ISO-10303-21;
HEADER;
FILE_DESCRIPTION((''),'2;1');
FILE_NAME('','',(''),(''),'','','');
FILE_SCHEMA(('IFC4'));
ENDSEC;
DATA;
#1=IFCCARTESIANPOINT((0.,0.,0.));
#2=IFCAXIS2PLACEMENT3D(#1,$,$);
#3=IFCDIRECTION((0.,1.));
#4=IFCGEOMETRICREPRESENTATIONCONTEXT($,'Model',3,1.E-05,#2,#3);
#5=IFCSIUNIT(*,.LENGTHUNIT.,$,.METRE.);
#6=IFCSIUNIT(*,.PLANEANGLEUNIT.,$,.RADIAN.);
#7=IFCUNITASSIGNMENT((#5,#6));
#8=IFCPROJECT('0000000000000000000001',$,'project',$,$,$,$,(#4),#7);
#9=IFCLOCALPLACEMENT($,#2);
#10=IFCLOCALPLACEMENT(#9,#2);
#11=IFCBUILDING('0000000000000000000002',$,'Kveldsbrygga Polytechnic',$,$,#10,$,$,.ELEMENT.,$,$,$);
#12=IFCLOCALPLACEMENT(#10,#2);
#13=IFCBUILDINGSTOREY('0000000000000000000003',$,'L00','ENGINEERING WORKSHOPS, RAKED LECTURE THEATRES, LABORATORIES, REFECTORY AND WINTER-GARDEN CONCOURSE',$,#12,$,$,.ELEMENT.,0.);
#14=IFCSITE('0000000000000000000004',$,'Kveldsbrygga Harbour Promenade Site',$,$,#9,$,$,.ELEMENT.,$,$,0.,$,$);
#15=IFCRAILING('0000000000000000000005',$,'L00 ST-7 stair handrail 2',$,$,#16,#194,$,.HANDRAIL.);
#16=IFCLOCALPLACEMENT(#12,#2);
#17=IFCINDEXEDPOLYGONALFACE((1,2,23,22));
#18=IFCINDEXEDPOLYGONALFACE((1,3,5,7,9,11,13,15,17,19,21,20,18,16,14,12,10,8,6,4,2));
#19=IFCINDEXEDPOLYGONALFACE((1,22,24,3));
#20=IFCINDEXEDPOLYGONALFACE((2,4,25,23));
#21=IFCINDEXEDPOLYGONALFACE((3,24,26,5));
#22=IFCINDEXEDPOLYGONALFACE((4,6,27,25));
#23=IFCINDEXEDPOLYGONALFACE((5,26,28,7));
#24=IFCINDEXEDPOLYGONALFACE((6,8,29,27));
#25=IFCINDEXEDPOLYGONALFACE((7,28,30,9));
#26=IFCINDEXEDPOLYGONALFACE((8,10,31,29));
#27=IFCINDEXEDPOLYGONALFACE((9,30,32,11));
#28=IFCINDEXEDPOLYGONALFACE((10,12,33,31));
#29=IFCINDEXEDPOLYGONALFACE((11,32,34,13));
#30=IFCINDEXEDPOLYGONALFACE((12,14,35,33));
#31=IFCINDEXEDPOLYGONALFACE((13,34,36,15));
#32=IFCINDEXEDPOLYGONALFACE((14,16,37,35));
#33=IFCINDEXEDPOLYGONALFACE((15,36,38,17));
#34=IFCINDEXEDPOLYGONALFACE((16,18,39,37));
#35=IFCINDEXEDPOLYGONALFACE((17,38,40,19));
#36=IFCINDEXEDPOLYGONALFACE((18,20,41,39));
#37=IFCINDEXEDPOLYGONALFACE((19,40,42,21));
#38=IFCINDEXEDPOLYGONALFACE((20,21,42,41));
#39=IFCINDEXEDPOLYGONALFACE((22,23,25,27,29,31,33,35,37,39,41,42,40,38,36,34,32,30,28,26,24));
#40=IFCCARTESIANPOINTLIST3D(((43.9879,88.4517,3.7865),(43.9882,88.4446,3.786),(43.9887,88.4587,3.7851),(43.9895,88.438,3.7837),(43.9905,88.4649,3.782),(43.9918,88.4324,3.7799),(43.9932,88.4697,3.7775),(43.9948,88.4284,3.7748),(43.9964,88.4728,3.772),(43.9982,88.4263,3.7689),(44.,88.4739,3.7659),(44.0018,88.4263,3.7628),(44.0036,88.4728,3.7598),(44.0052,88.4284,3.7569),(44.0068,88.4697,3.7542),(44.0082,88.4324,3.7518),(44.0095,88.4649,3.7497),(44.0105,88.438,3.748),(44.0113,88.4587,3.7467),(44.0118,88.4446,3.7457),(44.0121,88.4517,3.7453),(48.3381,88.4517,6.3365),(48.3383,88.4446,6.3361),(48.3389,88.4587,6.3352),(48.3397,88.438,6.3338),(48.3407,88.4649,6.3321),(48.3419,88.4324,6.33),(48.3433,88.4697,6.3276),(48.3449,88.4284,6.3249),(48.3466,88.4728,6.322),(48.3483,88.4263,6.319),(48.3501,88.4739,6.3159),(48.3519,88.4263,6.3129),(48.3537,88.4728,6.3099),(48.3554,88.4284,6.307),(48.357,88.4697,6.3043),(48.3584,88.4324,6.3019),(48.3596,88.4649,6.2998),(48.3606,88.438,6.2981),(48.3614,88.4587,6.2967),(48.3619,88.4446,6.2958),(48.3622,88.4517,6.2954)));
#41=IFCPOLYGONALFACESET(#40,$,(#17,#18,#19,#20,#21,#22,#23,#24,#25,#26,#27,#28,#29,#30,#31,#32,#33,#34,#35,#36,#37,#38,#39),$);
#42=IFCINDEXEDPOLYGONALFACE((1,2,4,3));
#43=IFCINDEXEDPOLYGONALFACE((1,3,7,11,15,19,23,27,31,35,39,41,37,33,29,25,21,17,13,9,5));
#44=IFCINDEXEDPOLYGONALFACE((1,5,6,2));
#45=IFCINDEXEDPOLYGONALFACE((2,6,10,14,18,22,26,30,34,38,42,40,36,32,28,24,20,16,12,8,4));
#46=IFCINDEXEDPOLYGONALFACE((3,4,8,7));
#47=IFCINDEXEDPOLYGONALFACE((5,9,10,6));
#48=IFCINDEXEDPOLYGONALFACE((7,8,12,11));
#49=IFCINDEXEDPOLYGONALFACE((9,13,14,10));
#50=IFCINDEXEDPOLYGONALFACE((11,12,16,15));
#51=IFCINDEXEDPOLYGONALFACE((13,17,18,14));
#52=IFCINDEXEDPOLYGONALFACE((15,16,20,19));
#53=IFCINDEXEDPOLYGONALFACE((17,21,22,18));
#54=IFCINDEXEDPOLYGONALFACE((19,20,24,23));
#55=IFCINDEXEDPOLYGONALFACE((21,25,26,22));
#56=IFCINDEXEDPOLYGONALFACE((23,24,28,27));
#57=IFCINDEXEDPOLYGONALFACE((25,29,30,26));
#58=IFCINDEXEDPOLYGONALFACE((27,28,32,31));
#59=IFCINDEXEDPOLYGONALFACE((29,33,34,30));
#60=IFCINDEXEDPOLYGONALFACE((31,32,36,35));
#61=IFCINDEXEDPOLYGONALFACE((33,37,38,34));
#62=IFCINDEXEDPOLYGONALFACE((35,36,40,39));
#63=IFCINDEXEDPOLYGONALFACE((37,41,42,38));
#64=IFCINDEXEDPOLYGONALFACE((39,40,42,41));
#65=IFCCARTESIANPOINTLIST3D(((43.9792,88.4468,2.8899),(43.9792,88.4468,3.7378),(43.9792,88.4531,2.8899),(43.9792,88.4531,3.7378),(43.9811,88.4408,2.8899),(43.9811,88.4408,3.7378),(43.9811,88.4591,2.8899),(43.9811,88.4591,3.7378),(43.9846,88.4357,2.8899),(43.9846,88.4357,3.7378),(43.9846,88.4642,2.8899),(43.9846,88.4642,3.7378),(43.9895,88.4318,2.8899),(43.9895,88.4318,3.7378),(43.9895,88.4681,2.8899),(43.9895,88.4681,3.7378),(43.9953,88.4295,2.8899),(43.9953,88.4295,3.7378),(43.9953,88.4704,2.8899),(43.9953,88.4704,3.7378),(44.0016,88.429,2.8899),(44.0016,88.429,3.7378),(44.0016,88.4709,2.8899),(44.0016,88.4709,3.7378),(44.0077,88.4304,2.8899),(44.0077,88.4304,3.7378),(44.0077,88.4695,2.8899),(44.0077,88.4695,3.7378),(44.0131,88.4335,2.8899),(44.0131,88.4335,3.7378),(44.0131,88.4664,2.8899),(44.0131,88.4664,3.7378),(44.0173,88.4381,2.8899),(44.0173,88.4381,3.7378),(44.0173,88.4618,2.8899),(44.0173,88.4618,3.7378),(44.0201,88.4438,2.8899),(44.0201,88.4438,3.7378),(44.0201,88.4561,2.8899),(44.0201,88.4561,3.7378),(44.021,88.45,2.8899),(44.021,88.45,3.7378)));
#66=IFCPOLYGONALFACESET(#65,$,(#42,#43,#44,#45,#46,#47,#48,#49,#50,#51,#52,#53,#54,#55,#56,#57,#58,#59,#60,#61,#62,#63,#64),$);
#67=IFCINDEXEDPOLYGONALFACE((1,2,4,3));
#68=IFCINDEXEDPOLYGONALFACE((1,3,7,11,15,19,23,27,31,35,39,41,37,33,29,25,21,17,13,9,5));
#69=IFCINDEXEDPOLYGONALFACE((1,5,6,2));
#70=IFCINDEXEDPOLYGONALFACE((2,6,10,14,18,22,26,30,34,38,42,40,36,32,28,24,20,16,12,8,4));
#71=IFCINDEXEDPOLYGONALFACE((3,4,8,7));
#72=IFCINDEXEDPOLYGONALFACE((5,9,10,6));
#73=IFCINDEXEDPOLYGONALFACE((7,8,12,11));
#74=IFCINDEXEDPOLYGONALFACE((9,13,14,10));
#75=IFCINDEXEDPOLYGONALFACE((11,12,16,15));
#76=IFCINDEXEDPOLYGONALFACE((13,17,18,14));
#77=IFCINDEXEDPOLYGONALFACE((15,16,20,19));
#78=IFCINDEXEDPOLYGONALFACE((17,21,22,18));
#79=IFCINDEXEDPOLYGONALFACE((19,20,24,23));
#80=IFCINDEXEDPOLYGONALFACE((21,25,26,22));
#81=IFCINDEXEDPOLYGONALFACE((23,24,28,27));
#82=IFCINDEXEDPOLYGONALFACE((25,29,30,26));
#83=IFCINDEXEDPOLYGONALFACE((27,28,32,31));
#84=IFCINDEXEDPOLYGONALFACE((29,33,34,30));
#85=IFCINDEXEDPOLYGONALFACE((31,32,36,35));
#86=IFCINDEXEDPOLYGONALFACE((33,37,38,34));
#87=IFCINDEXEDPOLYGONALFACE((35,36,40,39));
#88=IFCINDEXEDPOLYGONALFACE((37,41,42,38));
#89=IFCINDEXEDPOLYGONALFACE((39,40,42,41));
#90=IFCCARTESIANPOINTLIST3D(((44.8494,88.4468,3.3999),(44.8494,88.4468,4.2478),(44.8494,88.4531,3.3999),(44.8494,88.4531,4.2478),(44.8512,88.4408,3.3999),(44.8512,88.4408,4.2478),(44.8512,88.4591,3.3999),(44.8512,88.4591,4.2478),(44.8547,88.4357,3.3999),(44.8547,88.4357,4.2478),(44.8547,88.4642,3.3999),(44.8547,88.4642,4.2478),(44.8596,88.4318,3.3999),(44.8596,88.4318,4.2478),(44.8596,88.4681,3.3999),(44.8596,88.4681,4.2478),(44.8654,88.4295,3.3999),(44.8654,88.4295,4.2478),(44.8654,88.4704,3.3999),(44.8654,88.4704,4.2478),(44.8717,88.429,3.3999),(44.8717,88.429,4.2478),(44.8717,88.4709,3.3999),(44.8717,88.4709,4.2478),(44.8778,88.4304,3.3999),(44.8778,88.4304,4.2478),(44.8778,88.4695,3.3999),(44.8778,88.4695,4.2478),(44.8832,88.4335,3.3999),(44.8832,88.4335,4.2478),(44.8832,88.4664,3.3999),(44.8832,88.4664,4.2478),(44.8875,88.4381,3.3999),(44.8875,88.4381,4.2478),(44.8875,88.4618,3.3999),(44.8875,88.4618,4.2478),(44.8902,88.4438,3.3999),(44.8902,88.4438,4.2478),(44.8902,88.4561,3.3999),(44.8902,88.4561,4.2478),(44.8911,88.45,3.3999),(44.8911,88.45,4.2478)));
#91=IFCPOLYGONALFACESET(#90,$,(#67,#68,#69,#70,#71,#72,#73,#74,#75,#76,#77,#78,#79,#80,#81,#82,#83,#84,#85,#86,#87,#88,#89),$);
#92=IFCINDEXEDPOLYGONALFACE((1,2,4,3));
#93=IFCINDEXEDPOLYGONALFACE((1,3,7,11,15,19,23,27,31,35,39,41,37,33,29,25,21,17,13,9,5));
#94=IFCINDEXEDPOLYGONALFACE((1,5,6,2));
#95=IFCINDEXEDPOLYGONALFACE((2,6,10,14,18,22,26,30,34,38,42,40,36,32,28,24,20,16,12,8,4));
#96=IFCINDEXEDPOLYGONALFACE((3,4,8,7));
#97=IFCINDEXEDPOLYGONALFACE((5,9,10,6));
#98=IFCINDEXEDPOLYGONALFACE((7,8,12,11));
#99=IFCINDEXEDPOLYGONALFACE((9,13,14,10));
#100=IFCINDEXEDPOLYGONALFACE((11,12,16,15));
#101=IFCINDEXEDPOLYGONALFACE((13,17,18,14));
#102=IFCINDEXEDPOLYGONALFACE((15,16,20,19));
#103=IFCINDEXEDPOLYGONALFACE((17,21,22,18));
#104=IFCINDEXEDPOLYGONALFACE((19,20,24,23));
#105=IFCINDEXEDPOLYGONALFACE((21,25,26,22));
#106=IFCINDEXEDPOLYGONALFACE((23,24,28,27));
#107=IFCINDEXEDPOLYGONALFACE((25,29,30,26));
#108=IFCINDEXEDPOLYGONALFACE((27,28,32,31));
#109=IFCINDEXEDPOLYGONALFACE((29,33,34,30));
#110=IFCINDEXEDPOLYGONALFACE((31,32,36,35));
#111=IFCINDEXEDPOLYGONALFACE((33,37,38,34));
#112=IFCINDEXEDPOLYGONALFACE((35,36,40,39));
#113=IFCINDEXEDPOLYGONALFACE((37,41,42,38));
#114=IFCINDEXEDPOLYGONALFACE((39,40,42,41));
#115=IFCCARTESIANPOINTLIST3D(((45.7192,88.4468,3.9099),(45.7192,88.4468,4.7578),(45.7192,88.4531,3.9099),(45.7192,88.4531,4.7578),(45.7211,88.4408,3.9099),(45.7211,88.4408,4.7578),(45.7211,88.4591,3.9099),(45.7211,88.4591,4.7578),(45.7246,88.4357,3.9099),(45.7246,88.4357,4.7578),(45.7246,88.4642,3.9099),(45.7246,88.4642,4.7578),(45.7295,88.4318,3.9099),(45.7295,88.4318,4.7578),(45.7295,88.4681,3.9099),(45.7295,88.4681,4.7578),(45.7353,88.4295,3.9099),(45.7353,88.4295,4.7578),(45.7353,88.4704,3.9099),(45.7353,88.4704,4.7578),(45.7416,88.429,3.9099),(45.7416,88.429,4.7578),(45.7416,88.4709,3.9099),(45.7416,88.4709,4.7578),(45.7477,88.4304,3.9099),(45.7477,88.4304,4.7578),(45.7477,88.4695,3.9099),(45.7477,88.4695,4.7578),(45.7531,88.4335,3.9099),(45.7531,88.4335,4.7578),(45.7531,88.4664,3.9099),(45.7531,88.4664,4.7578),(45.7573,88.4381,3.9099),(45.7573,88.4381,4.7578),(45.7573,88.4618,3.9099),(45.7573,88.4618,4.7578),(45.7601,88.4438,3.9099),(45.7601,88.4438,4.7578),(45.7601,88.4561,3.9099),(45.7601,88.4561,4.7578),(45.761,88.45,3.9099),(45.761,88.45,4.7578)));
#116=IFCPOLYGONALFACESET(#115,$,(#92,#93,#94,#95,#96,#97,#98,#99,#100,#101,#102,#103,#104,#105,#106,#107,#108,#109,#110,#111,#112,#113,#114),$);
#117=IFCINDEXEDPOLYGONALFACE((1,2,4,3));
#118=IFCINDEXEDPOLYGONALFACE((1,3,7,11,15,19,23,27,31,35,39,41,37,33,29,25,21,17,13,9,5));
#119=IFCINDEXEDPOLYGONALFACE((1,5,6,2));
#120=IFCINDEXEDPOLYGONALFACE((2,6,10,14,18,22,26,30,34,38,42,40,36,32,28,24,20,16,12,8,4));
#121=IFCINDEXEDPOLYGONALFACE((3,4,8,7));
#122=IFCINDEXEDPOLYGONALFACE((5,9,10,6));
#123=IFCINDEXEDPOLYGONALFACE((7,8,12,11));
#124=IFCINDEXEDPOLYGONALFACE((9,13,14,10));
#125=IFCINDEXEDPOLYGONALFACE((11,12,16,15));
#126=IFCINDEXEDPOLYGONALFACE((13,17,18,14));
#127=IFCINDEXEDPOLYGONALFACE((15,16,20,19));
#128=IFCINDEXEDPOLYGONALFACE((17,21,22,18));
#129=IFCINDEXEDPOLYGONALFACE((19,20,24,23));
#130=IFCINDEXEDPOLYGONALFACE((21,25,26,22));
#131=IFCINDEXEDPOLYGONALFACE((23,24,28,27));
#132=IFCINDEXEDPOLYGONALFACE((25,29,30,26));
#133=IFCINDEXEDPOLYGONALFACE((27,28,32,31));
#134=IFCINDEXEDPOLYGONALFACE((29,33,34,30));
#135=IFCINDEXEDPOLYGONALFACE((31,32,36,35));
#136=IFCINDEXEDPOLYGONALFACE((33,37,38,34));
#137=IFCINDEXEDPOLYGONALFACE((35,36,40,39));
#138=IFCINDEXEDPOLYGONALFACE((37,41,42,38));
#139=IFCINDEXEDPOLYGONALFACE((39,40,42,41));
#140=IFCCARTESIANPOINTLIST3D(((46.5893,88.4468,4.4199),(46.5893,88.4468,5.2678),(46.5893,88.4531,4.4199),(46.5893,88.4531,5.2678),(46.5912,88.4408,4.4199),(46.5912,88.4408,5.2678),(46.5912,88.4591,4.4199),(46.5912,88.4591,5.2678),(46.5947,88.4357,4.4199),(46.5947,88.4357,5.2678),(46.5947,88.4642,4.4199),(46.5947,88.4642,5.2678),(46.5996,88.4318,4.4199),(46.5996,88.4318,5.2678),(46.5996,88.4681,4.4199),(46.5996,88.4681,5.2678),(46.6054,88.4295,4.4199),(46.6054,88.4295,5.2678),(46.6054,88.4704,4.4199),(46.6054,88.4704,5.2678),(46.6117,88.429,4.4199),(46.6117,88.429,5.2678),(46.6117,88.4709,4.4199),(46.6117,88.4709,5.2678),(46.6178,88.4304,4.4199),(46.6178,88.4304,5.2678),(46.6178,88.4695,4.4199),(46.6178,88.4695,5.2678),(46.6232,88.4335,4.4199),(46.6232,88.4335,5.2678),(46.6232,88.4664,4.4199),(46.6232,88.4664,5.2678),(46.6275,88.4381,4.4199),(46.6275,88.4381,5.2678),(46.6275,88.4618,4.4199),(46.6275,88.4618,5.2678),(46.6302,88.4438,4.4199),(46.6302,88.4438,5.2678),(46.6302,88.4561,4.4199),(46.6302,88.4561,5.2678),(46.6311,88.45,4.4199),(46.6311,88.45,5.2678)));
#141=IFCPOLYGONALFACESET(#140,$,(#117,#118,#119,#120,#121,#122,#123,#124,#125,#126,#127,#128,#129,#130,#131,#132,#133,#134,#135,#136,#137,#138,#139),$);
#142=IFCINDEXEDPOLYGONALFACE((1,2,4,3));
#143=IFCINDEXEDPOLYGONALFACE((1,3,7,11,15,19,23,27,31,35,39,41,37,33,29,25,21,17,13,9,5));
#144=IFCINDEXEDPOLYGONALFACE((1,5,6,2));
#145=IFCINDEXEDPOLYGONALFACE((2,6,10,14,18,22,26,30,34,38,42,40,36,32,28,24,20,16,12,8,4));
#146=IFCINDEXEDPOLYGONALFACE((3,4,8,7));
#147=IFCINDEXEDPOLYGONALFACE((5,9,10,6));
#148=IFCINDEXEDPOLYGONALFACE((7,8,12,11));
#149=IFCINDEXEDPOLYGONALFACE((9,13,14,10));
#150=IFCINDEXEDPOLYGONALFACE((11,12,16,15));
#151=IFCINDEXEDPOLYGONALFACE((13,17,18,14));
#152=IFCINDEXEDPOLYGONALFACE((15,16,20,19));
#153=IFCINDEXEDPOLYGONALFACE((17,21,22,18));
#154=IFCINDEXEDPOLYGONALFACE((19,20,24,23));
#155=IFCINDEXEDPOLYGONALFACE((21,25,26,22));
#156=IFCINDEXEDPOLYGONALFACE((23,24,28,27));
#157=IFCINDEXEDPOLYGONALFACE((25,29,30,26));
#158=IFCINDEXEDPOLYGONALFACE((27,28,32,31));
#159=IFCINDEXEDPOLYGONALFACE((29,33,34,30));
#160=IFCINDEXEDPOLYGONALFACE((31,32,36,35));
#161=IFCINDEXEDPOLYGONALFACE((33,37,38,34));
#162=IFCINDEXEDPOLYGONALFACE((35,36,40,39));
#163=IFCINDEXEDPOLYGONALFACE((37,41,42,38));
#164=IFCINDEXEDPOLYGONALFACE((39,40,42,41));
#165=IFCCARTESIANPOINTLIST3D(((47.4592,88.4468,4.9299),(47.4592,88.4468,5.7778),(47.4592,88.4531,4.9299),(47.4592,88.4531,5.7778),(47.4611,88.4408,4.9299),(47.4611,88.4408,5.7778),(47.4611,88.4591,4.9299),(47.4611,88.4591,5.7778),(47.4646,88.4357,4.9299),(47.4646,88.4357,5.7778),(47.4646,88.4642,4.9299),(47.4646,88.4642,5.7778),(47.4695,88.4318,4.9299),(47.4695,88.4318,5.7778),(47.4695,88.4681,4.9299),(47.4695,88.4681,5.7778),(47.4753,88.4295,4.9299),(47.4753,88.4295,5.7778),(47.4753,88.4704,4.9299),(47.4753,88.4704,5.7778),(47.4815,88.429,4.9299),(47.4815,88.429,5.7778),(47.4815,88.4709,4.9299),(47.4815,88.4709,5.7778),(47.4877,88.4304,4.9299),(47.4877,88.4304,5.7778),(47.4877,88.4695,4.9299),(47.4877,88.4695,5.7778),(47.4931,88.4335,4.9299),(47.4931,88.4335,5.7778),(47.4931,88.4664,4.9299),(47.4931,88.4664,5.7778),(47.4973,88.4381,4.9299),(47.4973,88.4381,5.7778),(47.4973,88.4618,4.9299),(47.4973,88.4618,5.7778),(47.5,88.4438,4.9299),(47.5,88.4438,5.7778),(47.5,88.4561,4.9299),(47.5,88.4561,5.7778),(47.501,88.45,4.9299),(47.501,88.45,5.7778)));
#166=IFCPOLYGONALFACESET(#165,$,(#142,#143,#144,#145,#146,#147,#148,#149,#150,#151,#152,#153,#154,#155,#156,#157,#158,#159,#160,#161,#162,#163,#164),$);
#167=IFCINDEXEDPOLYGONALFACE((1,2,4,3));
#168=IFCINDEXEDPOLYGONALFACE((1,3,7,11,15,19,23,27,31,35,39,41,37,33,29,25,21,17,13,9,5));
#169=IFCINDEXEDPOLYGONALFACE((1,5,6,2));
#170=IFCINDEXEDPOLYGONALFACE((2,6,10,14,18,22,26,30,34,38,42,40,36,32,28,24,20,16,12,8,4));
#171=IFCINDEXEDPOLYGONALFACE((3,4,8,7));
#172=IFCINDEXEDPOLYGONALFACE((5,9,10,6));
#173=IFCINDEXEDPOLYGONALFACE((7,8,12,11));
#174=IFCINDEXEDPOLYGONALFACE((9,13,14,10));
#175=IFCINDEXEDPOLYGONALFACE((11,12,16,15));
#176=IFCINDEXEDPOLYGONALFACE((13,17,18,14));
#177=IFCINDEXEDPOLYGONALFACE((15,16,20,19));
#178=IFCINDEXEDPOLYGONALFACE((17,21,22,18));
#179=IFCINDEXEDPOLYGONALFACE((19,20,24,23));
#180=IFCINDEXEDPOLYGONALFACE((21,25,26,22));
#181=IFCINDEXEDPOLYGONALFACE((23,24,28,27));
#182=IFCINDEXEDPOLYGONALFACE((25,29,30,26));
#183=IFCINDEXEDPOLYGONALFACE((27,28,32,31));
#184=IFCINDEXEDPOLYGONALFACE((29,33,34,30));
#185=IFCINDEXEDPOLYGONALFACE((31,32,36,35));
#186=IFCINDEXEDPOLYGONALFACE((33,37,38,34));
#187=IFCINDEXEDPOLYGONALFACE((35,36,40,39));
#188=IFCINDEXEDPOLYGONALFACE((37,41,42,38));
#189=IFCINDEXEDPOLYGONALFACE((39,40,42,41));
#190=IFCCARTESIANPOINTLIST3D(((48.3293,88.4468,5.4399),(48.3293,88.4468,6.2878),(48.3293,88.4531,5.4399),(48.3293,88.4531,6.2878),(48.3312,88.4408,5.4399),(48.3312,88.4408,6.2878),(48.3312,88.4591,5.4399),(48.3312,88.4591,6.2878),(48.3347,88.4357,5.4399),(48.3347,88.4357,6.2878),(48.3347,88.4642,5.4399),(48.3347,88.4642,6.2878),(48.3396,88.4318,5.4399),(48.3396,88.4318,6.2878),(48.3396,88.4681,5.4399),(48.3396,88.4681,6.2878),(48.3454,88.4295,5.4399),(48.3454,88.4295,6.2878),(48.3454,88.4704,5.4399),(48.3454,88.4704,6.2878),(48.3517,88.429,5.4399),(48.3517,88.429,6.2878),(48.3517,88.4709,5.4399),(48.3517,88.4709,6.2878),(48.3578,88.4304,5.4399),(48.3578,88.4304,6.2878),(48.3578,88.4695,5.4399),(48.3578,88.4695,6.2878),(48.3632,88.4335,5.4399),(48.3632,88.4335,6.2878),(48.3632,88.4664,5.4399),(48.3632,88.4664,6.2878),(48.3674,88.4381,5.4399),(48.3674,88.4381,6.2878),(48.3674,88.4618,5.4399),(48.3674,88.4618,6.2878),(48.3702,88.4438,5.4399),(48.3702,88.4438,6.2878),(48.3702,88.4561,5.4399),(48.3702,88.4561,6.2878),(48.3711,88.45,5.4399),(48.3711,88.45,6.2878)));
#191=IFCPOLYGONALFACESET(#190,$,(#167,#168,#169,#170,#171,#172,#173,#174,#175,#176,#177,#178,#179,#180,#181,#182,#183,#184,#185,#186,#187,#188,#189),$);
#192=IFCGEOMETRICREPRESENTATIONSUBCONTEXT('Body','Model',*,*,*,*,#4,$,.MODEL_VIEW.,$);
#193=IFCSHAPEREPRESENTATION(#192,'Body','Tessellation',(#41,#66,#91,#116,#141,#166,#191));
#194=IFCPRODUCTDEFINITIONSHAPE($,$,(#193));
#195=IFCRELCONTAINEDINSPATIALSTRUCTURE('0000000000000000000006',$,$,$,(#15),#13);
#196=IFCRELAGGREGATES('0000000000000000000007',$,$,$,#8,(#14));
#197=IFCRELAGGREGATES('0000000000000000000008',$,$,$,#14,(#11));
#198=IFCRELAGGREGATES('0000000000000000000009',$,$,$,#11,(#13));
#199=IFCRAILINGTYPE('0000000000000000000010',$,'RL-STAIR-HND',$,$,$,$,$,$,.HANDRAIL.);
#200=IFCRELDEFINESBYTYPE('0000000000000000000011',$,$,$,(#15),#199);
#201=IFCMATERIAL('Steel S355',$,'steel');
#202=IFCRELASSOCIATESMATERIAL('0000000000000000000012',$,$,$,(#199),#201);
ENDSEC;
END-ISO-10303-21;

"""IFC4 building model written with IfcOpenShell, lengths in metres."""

from ifc_helpers import new_model, si_unit, direction, frame, origin, origin_2d, place, context, subcontext, project, spatial, circle, extrude, material, type_object, element, save


model = new_model("IFC4")

# Units and contexts
model_context = context("Model", 3, precision=1e-05, world=origin(), true_north=direction((0.0, 1.0)))
body_context = subcontext(model_context, "Body", "Model", "MODEL_VIEW")
ifc_project = project(units=[si_unit("LENGTHUNIT", "METRE"), si_unit("PLANEANGLEUNIT", "RADIAN")], contexts=[model_context])

# Site, building, storey
site_placement = place(None, origin())
site = spatial("IfcSite", under=ifc_project, at=site_placement, Name="Kveldsbrygga Harbour Promenade Site", CompositionType="ELEMENT", RefElevation=0.0)
building_placement = place(site_placement, origin())
building = spatial("IfcBuilding", under=site, at=building_placement, Name="Kveldsbrygga Polytechnic", CompositionType="ELEMENT")
storey_placement = place(building_placement, origin())
storey = spatial("IfcBuildingStorey", under=building, at=storey_placement, Name="L00", Description="ENGINEERING WORKSHOPS, RAKED LECTURE THEATRES, LABORATORIES, REFECTORY AND WINTER-GARDEN CONCOURSE", CompositionType="ELEMENT", Elevation=0.0)

# Railing
ifc_material_1 = material(Name="Steel S355", Category="steel")
railing_type_1 = type_object("IfcRailingType", Name="RL-STAIR-HND", PredefinedType="HANDRAIL", material=ifc_material_1)
railing_1_placement = place(storey_placement, frame((44.0, 88.45, 2.8899)))
element("IfcRailing", 1, at=railing_1_placement, inside=storey, type_object=railing_type_1, Name="L00 ST-7 stair handrail 2", PredefinedType="HANDRAIL", context=body_context, shape_type="SweptSolid", body=[
    extrude(circle(Radius=0.0239, at=origin_2d()), frame((0.0, 0.0, 0.876), z_axis=(0.862699, 0.0, 0.505718), x_axis=(0.0, 1.0, 0.0)), (0.0, 0.0, 1.0), 5.0425),
    extrude(circle(Radius=0.021, at=origin_2d()), origin(), (0.0, 0.0, 1.0), 0.8479),
    extrude(circle(Radius=0.021, at=origin_2d()), frame((0.8701, 0.0, 0.51)), (0.0, 0.0, 1.0), 0.8479),
    extrude(circle(Radius=0.021, at=origin_2d()), frame((1.74, 0.0, 1.02)), (0.0, 0.0, 1.0), 0.8479),
    extrude(circle(Radius=0.021, at=origin_2d()), frame((2.6101, 0.0, 1.53)), (0.0, 0.0, 1.0), 0.8479),
    extrude(circle(Radius=0.021, at=origin_2d()), frame((3.48, 0.0, 2.04)), (0.0, 0.0, 1.0), 0.8479),
    extrude(circle(Radius=0.021, at=origin_2d()), frame((4.3501, 0.0, 2.55)), (0.0, 0.0, 1.0), 0.8479),
])

save(model, "model.ifc")
